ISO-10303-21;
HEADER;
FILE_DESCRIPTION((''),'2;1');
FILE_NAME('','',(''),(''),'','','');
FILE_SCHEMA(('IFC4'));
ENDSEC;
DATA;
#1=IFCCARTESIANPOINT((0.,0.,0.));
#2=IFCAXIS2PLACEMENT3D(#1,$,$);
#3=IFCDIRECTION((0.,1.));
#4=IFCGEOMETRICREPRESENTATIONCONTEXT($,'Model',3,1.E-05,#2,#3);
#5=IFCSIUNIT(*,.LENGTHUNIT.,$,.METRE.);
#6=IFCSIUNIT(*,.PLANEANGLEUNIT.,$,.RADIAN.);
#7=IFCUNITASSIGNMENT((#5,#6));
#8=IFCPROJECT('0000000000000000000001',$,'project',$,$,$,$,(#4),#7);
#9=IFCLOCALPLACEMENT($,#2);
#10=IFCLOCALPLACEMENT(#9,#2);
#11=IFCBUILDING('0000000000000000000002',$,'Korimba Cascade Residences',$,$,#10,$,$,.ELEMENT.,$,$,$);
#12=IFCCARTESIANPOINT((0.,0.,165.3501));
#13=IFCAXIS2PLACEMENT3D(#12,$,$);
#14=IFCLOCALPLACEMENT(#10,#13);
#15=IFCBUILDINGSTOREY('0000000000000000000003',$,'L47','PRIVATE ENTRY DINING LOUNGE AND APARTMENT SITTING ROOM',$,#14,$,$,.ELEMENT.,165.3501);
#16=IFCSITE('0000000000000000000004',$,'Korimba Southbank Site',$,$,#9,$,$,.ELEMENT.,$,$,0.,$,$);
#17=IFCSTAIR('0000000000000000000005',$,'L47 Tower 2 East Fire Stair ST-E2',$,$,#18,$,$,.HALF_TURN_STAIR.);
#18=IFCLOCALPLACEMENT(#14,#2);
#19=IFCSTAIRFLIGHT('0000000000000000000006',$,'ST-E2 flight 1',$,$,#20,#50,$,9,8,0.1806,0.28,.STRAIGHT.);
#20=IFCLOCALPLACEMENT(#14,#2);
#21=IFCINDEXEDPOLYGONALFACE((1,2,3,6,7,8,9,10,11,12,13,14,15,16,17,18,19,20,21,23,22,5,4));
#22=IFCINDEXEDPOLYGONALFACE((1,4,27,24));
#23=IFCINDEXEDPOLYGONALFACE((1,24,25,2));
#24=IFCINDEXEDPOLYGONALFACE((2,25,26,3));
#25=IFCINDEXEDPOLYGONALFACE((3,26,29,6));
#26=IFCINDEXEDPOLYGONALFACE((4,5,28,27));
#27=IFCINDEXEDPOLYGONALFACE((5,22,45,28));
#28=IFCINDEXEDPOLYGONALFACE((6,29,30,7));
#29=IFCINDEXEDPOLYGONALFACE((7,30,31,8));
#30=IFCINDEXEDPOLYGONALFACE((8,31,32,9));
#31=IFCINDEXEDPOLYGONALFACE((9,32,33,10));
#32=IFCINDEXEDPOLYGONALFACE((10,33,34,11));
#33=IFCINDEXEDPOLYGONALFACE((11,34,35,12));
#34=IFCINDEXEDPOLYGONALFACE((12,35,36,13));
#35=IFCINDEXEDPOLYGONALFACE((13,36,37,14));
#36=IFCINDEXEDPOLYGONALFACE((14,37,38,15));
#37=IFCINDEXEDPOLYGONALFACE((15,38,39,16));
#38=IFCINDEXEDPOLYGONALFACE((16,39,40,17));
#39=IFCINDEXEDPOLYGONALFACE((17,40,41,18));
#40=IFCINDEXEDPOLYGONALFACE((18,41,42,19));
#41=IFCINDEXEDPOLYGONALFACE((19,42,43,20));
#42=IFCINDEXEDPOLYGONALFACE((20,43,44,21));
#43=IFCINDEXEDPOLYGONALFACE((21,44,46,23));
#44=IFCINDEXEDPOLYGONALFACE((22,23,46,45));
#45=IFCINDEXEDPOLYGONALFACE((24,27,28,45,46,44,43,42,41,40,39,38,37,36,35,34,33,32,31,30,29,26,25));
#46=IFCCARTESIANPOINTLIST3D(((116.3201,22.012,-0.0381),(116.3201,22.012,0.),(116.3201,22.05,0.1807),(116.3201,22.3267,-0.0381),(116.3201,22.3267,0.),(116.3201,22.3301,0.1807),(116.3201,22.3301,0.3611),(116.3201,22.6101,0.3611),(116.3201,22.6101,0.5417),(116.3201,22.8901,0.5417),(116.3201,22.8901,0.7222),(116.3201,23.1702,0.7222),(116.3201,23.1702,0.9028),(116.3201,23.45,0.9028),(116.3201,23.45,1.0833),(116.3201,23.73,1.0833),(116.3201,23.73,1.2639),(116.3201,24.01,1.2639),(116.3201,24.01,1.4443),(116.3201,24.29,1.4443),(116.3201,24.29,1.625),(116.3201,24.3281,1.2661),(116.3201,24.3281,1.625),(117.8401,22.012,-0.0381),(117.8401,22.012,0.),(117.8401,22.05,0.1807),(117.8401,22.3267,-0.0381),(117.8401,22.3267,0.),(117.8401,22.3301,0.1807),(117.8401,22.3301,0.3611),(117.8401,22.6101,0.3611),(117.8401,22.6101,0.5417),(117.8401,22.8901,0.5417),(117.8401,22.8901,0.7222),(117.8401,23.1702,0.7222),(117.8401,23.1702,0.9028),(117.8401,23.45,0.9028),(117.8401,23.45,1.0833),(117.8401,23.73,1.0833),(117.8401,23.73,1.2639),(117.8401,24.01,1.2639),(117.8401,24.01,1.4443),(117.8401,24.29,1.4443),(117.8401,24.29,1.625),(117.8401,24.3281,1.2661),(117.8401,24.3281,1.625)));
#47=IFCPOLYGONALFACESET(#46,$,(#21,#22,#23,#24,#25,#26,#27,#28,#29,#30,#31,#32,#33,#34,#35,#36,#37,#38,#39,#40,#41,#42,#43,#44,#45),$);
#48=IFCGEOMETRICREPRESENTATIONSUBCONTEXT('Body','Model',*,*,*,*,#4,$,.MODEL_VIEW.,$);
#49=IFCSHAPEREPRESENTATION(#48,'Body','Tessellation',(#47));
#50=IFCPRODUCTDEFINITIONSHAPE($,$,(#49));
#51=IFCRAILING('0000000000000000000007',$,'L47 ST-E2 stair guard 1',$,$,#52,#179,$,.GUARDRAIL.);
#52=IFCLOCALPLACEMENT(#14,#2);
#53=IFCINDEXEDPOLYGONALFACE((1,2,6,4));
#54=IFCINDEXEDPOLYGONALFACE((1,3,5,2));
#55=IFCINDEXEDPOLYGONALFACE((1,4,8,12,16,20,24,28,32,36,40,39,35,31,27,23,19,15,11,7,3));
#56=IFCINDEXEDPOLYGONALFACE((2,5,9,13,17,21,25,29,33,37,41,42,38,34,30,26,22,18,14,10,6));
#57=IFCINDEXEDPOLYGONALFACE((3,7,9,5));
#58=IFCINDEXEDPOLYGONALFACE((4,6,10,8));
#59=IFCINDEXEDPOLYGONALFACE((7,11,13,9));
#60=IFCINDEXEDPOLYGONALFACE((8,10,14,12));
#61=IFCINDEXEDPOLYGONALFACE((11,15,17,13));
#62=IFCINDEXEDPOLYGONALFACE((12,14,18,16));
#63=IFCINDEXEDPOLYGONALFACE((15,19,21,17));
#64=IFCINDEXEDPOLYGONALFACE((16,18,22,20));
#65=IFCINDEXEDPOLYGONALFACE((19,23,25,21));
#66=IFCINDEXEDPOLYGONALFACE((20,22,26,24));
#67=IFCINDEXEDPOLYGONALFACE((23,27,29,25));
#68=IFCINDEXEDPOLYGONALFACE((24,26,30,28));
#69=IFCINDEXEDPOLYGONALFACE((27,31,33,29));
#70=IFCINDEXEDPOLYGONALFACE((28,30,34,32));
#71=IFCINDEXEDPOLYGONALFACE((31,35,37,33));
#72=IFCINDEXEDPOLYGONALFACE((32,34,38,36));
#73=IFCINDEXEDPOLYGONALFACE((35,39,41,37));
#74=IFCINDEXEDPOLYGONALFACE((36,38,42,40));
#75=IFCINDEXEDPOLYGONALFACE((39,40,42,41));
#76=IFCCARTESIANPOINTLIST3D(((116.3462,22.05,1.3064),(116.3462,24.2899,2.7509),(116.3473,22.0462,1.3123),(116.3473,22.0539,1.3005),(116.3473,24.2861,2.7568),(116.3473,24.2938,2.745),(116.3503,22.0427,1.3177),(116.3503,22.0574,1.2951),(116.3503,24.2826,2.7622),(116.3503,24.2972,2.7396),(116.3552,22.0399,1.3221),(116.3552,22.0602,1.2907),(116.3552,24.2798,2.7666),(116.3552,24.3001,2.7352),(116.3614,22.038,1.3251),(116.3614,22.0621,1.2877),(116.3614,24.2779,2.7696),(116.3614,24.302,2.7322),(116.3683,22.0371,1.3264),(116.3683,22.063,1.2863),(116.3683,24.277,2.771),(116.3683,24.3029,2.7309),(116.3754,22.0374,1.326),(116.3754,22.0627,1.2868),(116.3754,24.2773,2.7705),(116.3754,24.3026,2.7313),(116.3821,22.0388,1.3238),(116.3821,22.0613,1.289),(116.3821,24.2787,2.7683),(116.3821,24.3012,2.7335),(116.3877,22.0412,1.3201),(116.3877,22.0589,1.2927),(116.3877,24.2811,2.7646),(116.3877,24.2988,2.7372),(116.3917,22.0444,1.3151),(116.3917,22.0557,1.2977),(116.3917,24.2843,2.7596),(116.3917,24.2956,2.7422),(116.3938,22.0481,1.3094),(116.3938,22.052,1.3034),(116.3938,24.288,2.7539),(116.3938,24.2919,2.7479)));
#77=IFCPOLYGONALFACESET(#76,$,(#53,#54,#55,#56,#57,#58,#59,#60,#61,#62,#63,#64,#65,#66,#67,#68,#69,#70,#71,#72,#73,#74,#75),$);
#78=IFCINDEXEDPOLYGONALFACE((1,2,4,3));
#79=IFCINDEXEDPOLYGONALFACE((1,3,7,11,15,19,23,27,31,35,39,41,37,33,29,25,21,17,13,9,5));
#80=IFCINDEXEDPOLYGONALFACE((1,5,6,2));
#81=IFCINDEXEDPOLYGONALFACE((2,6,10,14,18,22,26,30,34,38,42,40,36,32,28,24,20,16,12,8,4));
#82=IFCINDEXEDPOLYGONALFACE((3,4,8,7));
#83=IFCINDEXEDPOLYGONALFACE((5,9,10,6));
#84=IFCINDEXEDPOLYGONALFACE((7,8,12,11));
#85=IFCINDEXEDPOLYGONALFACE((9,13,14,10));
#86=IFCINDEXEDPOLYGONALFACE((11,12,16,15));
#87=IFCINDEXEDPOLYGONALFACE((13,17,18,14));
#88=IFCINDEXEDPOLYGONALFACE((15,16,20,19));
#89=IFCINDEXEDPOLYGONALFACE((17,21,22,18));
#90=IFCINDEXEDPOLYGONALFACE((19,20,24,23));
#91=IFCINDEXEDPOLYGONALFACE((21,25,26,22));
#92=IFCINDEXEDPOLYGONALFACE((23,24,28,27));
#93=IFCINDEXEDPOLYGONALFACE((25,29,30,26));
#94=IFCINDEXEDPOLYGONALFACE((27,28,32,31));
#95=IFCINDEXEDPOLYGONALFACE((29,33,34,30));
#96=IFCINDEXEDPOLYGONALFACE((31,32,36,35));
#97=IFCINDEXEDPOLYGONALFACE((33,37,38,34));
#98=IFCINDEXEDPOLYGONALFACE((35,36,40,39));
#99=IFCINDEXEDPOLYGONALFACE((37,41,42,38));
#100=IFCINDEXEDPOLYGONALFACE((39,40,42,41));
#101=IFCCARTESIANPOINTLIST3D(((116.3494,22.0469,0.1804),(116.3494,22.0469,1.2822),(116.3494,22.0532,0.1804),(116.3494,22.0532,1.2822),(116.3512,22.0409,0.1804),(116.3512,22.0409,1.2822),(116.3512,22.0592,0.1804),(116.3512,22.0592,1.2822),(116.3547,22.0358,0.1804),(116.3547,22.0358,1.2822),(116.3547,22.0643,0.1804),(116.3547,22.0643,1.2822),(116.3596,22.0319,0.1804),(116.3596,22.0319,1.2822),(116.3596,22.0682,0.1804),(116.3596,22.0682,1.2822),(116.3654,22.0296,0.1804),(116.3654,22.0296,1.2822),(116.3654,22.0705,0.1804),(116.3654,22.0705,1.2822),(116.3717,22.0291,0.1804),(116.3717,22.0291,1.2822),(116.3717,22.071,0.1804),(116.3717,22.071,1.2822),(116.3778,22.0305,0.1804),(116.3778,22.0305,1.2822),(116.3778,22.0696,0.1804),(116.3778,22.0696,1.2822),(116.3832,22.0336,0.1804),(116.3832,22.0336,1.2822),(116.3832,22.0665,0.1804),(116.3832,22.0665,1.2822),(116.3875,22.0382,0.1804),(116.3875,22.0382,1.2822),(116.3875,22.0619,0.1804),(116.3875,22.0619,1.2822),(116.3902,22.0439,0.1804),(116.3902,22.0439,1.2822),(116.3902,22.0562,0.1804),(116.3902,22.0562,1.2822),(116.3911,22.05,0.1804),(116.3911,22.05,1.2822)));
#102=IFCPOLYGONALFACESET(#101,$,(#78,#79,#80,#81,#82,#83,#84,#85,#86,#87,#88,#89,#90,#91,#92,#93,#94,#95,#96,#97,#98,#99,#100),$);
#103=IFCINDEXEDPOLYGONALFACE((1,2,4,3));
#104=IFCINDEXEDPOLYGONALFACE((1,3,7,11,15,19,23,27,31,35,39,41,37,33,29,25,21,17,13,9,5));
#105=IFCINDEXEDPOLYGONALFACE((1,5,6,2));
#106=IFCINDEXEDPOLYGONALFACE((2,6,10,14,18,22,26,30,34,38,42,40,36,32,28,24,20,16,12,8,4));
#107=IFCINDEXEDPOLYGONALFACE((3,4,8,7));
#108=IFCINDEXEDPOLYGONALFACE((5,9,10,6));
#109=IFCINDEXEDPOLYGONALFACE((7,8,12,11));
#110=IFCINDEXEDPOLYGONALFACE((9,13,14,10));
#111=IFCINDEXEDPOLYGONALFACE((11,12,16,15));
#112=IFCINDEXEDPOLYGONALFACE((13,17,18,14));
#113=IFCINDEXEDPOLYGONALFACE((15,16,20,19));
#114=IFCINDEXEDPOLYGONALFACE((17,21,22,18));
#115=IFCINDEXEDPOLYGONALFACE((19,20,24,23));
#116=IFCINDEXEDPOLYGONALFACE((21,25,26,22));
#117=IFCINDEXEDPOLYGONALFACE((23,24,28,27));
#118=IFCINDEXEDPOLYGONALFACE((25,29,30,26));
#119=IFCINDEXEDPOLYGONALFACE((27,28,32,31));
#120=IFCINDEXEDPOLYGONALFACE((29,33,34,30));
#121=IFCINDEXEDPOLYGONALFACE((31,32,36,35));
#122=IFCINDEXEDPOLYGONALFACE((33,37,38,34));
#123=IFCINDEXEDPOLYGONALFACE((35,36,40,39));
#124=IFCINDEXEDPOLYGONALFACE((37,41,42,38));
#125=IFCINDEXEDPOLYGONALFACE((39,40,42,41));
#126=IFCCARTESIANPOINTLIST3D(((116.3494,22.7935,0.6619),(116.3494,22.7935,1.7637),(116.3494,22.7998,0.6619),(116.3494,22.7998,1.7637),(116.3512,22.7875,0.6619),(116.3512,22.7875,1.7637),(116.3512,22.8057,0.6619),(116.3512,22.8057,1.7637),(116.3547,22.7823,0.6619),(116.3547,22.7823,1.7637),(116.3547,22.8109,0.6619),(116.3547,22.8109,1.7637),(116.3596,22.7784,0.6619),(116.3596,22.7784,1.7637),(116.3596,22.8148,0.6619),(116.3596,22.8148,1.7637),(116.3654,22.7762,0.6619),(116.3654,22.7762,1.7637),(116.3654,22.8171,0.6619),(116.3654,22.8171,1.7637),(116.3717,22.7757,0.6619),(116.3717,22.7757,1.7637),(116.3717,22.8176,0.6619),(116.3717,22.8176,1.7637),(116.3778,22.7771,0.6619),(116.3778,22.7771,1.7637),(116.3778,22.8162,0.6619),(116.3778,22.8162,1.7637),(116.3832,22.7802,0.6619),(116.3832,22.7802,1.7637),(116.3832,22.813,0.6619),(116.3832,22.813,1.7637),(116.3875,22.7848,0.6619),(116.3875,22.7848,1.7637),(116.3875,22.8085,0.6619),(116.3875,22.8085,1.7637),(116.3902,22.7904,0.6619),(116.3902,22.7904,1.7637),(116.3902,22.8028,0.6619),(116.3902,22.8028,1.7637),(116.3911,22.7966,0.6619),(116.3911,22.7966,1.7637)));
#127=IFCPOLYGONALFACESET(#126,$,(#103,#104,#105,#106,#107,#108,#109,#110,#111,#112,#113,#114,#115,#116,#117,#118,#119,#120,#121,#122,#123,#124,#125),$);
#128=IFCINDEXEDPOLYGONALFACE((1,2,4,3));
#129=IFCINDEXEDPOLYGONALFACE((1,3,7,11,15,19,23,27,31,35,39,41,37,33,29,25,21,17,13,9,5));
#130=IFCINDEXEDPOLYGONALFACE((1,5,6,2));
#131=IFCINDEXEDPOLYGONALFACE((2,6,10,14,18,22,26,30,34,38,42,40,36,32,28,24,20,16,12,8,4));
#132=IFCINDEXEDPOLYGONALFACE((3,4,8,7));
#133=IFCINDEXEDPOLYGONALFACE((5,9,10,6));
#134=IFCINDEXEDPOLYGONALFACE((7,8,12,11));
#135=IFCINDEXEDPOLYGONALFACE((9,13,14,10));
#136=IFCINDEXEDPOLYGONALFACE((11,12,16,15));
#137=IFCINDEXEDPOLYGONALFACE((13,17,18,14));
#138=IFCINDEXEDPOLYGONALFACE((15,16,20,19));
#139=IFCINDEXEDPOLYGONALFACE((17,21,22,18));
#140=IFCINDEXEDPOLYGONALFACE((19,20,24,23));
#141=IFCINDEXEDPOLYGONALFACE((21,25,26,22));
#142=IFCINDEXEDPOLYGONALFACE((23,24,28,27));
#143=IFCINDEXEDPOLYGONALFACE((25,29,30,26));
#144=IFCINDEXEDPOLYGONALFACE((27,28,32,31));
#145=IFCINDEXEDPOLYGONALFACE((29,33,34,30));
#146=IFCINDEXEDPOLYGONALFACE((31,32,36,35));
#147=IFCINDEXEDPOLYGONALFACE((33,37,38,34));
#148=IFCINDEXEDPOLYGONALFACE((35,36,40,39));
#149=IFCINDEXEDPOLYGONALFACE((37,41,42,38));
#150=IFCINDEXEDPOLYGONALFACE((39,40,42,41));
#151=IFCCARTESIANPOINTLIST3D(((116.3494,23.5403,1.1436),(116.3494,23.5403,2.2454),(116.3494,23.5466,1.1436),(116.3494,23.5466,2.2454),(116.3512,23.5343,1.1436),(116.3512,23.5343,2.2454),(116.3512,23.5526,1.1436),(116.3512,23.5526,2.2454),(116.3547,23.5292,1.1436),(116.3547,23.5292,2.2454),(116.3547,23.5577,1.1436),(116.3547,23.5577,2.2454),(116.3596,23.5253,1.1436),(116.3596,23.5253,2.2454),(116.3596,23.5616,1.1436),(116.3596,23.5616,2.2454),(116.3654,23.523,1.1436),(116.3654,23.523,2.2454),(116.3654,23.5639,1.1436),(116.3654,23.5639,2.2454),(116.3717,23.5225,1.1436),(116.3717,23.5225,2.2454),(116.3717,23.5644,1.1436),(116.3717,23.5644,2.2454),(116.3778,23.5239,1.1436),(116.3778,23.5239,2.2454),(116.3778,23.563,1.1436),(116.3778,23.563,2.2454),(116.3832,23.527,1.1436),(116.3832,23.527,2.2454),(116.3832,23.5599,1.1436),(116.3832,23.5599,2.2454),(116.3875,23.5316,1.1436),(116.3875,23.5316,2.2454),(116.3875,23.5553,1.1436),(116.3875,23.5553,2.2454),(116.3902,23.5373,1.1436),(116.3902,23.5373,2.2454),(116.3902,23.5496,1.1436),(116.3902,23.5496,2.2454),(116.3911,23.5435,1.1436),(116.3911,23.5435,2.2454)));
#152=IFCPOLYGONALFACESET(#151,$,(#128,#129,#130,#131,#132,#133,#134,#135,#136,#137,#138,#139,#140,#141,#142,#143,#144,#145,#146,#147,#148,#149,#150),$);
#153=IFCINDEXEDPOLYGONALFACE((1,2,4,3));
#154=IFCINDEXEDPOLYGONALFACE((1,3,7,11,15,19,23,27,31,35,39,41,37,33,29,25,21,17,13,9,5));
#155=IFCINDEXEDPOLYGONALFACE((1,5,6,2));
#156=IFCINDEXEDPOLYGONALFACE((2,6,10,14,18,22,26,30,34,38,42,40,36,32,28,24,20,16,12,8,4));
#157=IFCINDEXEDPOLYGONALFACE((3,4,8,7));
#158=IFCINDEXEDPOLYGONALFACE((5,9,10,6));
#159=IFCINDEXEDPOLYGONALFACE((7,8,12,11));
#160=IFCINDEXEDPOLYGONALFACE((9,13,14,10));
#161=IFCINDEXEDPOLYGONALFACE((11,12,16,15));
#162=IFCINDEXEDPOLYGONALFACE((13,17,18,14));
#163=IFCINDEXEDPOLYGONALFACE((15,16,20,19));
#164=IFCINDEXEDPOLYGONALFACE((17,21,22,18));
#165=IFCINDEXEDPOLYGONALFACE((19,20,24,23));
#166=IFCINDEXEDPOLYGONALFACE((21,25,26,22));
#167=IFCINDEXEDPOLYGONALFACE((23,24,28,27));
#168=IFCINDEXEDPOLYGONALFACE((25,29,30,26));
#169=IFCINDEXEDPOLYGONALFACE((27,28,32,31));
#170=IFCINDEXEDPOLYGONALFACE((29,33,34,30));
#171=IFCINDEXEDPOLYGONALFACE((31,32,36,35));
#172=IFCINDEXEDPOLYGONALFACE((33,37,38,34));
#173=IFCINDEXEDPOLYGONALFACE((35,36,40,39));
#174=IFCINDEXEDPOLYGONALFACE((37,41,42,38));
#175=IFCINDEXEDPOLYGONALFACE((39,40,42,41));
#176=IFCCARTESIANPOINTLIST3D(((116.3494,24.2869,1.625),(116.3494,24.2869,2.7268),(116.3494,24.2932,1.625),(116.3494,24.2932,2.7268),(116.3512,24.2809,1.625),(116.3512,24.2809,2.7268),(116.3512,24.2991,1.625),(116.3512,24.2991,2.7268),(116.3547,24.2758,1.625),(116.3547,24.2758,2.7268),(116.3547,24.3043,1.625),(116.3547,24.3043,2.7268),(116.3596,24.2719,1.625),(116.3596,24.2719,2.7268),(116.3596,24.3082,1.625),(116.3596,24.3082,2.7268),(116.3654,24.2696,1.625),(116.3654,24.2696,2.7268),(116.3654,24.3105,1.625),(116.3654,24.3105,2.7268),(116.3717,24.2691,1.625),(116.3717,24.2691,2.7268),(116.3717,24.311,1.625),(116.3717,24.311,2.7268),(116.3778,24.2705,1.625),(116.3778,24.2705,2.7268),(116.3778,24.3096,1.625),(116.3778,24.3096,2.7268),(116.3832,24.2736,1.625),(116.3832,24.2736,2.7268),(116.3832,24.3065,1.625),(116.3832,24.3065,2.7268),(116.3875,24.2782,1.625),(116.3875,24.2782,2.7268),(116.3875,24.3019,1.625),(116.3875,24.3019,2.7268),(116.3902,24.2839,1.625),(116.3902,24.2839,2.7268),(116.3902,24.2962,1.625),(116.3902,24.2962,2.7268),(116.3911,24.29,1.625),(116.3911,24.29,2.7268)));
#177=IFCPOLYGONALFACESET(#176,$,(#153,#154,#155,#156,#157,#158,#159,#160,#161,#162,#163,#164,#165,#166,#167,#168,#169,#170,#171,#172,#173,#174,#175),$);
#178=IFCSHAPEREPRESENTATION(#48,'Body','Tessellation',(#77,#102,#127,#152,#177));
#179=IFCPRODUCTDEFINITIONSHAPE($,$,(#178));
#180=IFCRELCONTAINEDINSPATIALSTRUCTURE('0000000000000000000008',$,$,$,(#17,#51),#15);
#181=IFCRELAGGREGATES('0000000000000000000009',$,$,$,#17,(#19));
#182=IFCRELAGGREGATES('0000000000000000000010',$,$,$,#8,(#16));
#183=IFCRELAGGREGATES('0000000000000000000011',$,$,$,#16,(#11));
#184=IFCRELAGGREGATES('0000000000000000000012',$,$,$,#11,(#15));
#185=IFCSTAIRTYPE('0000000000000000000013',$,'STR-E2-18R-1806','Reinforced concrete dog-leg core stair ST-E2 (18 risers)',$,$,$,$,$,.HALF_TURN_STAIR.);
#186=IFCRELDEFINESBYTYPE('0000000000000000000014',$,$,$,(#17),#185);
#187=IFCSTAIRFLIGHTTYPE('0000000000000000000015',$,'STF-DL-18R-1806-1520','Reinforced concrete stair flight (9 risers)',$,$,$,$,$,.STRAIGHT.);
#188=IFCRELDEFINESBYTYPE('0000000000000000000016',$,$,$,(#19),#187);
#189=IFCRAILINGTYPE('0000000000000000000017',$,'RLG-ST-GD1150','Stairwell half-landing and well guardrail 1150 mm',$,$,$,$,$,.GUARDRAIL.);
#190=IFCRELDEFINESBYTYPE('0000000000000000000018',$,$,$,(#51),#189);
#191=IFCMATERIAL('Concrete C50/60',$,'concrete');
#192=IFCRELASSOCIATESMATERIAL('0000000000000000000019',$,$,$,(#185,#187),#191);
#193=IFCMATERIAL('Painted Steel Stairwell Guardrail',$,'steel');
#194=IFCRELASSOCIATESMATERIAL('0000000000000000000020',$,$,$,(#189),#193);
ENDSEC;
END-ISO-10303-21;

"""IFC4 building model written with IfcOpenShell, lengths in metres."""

from ifc_helpers import new_model, si_unit, direction, frame, origin, origin_2d, place, context, subcontext, project, spatial, polyline, circle, outline, extrude, material, type_object, element, aggregate, save


model = new_model("IFC4")

# Units and contexts
model_context = context("Model", 3, precision=1e-05, world=origin(), true_north=direction((0.0, 1.0)))
body_context = subcontext(model_context, "Body", "Model", "MODEL_VIEW")
ifc_project = project(units=[si_unit("LENGTHUNIT", "METRE"), si_unit("PLANEANGLEUNIT", "RADIAN")], contexts=[model_context])

# Site, building, storey
site_placement = place(None, origin())
site = spatial("IfcSite", under=ifc_project, at=site_placement, Name="Korimba Southbank Site", CompositionType="ELEMENT", RefElevation=0.0)
building_placement = place(site_placement, origin())
building = spatial("IfcBuilding", under=site, at=building_placement, Name="Korimba Cascade Residences", CompositionType="ELEMENT")
storey_placement = place(building_placement, frame((0.0, 0.0, 165.3501)))
storey = spatial("IfcBuildingStorey", under=building, at=storey_placement, Name="L47", Description="PRIVATE ENTRY DINING LOUNGE AND APARTMENT SITTING ROOM", CompositionType="ELEMENT", Elevation=165.3501)

# Shared definitions
ifc_material_1 = material(Name="Concrete C50/60", Category="concrete")

# Stair, stair flight
stair_type = type_object("IfcStairType", Name="STR-E2-18R-1806", Description="Reinforced concrete dog-leg core stair ST-E2 (18 risers)", PredefinedType="HALF_TURN_STAIR", material=ifc_material_1)
stair_placement = place(storey_placement, origin())
stair = element("IfcStair", 1, at=stair_placement, inside=storey, type_object=stair_type, Name="L47 Tower 2 East Fire Stair ST-E2", PredefinedType="HALF_TURN_STAIR")
stair_flight_type = type_object("IfcStairFlightType", Name="STF-DL-18R-1806-1520", Description="Reinforced concrete stair flight (9 risers)", PredefinedType="STRAIGHT", material=ifc_material_1)
stair_flight_placement = place(storey_placement, frame((117.0801, 22.05, 0.0), z_axis=(0.0, 0.0, 1.0), x_axis=(0.0, 1.0, 0.0)))
stair_flight = element("IfcStairFlight", 2, at=stair_flight_placement, type_object=stair_flight_type, Name="ST-E2 flight 1", NumberOfRisers=9, NumberOfTreads=8, PredefinedType="STRAIGHT", RiserHeight=0.1806, TreadLength=0.28, context=body_context, shape_type="SweptSolid", body=[
    extrude(outline(polyline([(-0.0381, 0.0), (0.0, 0.1807), (0.28, 0.1807), (0.28, 0.3611), (0.5601, 0.3611), (0.5601, 0.5417), (0.8401, 0.5417), (0.8401, 0.7222), (1.1201, 0.7222), (1.1201, 0.9028), (1.3999, 0.9028), (1.3999, 1.0833), (1.6799, 1.0833), (1.6799, 1.2639), (1.96, 1.2639), (1.96, 1.4443), (2.24, 1.4443), (2.24, 1.625), (2.2781, 1.625), (2.2781, 1.2661), (0.2766, 0.0), (0.2766, -0.0381), (-0.0381, -0.0381), (-0.0381, 0.0)])), frame((0.0, 0.76, 0.0), z_axis=(0.0, -1.0, 0.0), x_axis=(1.0, 0.0, 0.0)), (0.0, 0.0, 1.0), 1.52),
])
aggregate(stair, [stair_flight])

# Railing
ifc_material_2 = material(Name="Painted Steel Stairwell Guardrail", Category="steel")
railing_type_1 = type_object("IfcRailingType", Name="RLG-ST-GD1150", Description="Stairwell half-landing and well guardrail 1150 mm", PredefinedType="GUARDRAIL", material=ifc_material_2)
railing_1_placement = place(storey_placement, frame((116.3701, 22.05, 0.1804)))
element("IfcRailing", 3, at=railing_1_placement, inside=storey, type_object=railing_type_1, Name="L47 ST-E2 stair guard 1", PredefinedType="GUARDRAIL", context=body_context, shape_type="SweptSolid", body=[
    extrude(circle(Radius=0.0239, at=origin_2d()), frame((0.0, 0.0, 1.126), z_axis=(0.0, 0.840395, 0.541975), x_axis=(-1.0, 0.0, 0.0)), (0.0, 0.0, 1.0), 2.6653),
    extrude(circle(Radius=0.021, at=origin_2d()), origin(), (0.0, 0.0, 1.0), 1.1018),
    extrude(circle(Radius=0.021, at=origin_2d()), frame((0.0, 0.7466, 0.4814)), (0.0, 0.0, 1.0), 1.1018),
    extrude(circle(Radius=0.021, at=origin_2d()), frame((0.0, 1.4934, 0.9631)), (0.0, 0.0, 1.0), 1.1018),
    extrude(circle(Radius=0.021, at=origin_2d()), frame((0.0, 2.24, 1.4446)), (0.0, 0.0, 1.0), 1.1018),
])

save(model, "model.ifc")
